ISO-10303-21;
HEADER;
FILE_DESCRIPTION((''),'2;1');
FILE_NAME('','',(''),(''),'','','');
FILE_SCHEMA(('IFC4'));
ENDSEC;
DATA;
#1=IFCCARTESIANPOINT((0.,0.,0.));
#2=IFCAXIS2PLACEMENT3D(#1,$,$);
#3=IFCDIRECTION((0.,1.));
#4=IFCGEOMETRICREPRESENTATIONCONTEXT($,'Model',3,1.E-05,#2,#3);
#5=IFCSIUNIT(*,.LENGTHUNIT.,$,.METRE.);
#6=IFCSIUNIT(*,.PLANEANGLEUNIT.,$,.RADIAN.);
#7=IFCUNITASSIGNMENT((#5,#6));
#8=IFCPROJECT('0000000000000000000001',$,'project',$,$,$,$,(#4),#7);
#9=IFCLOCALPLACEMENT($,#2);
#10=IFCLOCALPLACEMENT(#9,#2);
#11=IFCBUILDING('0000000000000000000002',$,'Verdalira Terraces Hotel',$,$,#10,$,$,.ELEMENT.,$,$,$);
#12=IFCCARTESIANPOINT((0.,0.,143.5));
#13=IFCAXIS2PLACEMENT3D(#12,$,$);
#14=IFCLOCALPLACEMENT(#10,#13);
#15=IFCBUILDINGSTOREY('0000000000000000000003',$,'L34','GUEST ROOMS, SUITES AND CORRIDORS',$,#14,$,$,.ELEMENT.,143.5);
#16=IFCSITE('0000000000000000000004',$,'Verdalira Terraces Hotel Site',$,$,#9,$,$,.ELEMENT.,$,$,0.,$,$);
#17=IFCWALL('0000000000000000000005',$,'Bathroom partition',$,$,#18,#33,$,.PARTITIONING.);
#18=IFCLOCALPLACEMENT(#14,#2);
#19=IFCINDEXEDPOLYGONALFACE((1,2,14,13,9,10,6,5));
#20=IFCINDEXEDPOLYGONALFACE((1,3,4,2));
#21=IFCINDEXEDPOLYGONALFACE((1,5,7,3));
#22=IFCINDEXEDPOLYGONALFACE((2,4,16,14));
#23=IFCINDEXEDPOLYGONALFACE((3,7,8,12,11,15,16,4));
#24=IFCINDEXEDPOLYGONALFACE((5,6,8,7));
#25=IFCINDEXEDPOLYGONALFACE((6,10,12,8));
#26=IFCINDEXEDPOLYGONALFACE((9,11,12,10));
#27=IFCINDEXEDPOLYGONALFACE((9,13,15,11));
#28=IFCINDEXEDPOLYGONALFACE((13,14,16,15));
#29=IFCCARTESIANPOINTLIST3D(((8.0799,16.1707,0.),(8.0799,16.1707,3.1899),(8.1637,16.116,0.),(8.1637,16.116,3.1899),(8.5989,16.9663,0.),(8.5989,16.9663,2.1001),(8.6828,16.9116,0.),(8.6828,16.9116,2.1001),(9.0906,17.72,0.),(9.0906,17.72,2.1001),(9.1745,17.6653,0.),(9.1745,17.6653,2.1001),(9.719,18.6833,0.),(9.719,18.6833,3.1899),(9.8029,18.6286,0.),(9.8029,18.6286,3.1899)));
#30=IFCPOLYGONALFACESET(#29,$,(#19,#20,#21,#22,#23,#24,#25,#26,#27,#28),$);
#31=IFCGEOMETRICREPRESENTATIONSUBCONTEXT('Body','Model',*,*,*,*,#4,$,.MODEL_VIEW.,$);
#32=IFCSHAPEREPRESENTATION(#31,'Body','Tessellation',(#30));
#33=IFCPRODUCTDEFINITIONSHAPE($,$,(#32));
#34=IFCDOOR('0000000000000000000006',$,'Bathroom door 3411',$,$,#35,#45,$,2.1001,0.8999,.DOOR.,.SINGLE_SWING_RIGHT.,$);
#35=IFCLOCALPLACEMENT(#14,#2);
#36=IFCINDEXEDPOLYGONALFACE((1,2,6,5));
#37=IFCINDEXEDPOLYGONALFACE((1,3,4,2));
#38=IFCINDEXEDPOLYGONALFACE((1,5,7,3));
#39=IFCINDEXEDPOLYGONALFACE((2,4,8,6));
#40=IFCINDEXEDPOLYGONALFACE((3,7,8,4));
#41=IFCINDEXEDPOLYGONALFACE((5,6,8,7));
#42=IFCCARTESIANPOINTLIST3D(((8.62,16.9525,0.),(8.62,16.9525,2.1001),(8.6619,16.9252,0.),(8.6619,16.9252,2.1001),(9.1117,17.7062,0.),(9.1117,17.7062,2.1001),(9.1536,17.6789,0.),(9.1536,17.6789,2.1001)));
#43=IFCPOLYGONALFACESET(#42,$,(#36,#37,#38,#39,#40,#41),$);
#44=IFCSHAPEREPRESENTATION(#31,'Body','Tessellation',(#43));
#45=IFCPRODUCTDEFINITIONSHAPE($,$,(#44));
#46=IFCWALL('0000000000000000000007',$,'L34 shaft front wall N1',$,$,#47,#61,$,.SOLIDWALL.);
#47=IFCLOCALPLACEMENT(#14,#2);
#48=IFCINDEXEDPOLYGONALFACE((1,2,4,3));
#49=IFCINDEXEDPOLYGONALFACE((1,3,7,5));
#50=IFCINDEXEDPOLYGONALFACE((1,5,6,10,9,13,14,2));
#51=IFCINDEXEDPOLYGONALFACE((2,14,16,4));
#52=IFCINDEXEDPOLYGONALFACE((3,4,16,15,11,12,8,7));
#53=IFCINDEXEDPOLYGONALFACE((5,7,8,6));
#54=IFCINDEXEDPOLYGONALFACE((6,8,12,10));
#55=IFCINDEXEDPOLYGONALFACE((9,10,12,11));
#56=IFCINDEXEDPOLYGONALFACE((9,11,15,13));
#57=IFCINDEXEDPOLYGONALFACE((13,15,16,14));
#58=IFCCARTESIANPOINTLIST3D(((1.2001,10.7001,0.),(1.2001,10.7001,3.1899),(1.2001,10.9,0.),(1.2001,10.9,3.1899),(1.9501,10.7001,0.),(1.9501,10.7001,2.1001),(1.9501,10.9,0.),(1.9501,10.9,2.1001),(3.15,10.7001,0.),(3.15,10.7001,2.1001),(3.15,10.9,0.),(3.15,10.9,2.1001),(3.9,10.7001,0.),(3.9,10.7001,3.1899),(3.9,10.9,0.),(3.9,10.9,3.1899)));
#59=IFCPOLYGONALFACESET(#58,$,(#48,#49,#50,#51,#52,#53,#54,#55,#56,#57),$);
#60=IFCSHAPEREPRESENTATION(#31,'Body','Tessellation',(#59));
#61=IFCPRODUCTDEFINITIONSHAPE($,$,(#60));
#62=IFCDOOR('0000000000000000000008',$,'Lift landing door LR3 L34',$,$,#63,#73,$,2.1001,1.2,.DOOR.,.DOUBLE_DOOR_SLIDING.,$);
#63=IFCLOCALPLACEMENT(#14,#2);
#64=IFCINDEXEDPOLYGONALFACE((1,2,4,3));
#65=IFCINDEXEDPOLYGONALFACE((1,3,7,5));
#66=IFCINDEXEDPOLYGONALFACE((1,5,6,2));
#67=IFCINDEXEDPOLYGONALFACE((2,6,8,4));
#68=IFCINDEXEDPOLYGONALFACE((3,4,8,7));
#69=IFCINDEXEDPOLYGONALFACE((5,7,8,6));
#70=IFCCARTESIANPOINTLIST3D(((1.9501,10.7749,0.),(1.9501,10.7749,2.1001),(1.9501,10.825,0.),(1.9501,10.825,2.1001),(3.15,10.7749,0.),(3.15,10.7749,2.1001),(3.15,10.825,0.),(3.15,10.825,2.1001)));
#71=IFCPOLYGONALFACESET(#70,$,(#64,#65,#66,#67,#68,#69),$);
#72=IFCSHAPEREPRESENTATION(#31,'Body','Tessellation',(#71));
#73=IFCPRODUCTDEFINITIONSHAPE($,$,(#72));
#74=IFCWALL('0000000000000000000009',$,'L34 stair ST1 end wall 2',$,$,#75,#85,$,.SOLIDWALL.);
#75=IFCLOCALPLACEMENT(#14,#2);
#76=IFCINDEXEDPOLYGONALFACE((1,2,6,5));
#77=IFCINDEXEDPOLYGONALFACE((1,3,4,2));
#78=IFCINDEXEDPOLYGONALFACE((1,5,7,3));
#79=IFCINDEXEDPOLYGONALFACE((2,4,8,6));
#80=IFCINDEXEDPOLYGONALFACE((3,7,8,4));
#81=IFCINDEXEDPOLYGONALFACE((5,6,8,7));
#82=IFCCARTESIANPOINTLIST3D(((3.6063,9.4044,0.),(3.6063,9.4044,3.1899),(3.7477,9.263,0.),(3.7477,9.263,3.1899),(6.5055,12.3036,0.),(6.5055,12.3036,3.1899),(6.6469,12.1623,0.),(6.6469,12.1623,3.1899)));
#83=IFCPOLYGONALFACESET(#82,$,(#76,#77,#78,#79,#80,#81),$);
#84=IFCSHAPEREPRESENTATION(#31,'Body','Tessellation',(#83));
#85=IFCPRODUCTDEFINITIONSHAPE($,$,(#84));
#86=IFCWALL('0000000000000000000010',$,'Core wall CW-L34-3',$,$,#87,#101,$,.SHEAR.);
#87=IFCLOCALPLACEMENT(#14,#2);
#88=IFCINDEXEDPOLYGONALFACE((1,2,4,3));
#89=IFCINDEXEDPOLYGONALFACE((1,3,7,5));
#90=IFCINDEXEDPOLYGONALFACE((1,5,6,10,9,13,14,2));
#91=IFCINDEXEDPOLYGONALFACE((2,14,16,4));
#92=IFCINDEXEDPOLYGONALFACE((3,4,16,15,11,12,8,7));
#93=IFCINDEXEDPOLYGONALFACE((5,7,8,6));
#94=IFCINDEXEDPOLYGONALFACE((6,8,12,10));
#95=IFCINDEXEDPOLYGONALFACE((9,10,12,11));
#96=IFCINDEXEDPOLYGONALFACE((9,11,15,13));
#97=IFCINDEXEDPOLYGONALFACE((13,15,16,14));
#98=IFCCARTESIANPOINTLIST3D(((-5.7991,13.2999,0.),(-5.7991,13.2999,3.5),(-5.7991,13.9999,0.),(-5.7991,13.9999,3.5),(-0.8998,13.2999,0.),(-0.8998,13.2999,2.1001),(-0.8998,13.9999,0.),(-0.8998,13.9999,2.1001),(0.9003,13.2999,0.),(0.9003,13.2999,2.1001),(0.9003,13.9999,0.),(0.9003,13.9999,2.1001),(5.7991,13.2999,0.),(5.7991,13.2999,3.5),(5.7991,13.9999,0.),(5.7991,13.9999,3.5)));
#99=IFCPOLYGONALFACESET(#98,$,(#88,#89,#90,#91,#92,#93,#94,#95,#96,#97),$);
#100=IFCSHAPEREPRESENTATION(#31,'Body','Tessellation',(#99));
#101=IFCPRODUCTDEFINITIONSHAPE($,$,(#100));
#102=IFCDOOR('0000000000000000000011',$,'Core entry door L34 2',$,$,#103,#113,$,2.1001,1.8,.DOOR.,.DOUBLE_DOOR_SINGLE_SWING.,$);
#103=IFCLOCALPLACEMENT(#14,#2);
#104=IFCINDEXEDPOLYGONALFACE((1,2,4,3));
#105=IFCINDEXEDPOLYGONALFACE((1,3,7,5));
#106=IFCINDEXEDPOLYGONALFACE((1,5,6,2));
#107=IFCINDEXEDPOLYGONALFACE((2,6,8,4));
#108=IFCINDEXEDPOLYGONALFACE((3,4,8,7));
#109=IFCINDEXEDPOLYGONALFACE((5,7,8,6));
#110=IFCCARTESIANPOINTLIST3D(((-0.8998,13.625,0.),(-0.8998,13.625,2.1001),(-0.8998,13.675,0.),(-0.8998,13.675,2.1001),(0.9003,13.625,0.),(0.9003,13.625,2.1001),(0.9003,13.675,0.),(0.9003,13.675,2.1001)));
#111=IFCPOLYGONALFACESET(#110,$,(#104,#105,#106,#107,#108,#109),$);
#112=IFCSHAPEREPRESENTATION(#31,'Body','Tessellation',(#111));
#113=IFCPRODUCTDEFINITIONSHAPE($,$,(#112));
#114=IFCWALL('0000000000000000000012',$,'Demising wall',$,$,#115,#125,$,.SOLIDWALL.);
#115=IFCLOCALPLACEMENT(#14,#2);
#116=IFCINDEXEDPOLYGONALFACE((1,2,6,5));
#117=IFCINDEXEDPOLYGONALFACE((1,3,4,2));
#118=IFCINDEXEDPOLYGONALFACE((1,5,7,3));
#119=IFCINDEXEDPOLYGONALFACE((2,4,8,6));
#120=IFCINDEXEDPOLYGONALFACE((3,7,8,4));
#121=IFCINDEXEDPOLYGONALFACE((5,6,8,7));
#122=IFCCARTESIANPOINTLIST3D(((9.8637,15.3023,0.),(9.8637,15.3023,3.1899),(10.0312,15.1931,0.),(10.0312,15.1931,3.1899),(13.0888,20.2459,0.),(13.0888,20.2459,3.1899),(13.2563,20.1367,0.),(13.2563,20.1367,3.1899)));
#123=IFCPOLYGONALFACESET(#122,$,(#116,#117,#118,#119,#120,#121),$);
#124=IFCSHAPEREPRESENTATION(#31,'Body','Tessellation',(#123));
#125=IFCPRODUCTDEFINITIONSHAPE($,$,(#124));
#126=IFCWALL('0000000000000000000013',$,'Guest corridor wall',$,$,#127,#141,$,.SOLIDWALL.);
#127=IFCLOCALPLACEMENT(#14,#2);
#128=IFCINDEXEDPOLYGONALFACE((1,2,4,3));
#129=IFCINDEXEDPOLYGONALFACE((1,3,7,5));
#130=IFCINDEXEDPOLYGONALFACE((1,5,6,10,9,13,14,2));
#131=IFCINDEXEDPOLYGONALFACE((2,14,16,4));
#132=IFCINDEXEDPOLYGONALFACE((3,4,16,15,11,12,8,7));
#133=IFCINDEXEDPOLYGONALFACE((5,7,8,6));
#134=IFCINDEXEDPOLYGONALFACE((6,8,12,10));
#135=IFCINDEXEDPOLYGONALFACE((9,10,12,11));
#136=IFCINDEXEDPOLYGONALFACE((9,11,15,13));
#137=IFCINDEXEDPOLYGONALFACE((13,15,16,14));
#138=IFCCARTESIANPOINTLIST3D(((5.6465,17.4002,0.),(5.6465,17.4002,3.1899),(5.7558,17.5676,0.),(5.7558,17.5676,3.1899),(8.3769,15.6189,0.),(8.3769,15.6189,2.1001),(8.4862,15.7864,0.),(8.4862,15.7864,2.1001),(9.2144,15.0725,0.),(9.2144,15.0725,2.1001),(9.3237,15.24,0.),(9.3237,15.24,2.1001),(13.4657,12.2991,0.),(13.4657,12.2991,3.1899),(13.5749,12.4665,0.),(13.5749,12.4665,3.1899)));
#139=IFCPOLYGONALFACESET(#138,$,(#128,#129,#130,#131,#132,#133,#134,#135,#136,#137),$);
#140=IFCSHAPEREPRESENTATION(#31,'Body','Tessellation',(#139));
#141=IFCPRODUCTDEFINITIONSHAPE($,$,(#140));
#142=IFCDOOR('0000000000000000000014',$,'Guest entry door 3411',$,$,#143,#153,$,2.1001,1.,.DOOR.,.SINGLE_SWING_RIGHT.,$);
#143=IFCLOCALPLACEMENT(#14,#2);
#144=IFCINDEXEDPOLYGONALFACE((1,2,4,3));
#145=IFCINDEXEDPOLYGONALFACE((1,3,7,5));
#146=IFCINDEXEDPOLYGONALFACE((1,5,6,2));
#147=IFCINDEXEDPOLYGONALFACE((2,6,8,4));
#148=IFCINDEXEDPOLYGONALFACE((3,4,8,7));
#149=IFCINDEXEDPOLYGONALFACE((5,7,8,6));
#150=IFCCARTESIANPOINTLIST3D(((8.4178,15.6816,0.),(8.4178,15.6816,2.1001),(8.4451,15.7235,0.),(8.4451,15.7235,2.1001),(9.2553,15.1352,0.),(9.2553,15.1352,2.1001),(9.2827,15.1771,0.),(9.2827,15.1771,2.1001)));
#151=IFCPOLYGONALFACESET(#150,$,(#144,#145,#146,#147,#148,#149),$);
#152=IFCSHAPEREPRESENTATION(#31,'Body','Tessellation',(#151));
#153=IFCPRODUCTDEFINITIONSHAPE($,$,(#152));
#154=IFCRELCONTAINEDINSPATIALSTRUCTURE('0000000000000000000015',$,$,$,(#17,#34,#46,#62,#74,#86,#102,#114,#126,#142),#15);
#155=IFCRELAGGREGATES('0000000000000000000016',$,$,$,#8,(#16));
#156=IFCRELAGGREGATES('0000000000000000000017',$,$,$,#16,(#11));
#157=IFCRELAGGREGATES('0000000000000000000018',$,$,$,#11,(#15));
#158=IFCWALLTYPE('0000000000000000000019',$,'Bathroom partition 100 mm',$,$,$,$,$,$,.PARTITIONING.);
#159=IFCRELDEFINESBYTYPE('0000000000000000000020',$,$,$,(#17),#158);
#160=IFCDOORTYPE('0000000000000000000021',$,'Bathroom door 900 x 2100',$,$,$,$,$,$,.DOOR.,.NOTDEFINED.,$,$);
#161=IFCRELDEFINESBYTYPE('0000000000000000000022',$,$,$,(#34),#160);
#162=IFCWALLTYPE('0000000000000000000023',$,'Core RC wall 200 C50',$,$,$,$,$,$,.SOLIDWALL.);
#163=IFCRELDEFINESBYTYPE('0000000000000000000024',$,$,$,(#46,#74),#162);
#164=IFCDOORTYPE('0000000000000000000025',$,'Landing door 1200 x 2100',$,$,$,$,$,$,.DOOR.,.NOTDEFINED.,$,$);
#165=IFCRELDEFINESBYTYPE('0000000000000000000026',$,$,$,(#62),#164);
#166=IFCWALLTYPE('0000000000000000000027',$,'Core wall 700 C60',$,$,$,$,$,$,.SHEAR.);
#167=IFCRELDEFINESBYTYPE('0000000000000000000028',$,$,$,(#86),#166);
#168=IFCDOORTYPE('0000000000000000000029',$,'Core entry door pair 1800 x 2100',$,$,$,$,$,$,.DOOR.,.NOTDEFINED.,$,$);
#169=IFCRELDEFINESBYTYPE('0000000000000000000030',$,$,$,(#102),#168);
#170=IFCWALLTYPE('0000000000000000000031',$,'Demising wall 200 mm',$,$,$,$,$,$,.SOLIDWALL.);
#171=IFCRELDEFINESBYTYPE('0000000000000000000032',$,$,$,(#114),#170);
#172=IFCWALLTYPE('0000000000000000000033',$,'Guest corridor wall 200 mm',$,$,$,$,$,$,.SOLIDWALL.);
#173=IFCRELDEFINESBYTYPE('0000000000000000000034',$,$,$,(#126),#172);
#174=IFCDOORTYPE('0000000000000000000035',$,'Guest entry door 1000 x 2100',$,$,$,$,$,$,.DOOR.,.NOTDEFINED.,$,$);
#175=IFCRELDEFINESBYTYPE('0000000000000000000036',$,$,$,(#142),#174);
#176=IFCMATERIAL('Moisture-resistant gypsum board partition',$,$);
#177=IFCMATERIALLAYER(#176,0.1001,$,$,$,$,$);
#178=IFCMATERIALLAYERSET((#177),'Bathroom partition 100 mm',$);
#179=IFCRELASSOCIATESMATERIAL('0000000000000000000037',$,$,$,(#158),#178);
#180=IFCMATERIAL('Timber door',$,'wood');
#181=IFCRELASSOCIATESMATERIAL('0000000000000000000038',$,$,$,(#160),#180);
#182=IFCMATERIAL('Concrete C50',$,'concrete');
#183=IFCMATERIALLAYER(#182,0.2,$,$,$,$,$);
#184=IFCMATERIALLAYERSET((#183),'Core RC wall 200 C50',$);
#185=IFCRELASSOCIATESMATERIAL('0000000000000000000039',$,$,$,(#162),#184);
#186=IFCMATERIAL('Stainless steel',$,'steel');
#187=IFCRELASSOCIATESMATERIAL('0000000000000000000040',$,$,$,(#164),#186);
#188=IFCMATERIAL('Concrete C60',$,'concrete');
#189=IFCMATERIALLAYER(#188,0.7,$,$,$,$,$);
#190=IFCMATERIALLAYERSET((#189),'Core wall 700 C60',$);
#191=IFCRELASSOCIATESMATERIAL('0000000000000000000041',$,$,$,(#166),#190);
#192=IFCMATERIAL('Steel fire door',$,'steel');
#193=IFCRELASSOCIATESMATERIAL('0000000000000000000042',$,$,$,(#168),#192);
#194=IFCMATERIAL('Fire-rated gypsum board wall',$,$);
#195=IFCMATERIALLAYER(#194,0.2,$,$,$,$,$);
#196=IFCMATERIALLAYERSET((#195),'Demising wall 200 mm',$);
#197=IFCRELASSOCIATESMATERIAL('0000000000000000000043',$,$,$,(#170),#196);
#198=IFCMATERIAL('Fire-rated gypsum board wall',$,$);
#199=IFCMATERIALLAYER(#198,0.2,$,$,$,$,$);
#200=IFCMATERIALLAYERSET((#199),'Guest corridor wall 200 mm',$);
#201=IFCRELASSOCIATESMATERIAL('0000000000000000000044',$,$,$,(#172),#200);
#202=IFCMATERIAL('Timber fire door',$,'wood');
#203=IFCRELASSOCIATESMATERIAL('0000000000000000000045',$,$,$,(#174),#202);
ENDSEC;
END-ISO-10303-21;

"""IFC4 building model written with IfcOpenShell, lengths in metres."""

from ifc_helpers import new_model, si_unit, direction, frame, frame_2d, origin, place, context, subcontext, project, spatial, rectangle, extrude, material, layer, layer_set, type_object, element, fill, save


model = new_model("IFC4")

# Units and contexts
model_context = context("Model", 3, precision=1e-05, world=origin(), true_north=direction((0.0, 1.0)))
body_context = subcontext(model_context, "Body", "Model", "MODEL_VIEW")
ifc_project = project(units=[si_unit("LENGTHUNIT", "METRE"), si_unit("PLANEANGLEUNIT", "RADIAN")], contexts=[model_context])

# Site, building, storey
site_placement = place(None, origin())
site = spatial("IfcSite", under=ifc_project, at=site_placement, Name="Verdalira Terraces Hotel Site", CompositionType="ELEMENT", RefElevation=0.0)
building_placement = place(site_placement, origin())
building = spatial("IfcBuilding", under=site, at=building_placement, Name="Verdalira Terraces Hotel", CompositionType="ELEMENT")
storey_placement = place(building_placement, frame((0.0, 0.0, 143.5)))
storey = spatial("IfcBuildingStorey", under=building, at=storey_placement, Name="L34", Description="GUEST ROOMS, SUITES AND CORRIDORS", CompositionType="ELEMENT", Elevation=143.5)

# Shared definitions
ifc_material_1 = material(Name="Moisture-resistant gypsum board partition")
ifc_layer_1 = layer(ifc_material_1, 0.1001)
ifc_layer_set_1 = layer_set([ifc_layer_1], Name="Bathroom partition 100 mm")
wall_type_1 = type_object("IfcWallType", Name="Bathroom partition 100 mm", PredefinedType="PARTITIONING", material=ifc_layer_set_1)

# Walls, openings, doors
wall_1_placement = place(storey_placement, frame((8.1218, 16.1433, 0.0), z_axis=(0.0, 0.0, 1.0), x_axis=(0.546372, 0.837543, 0.0)))
wall_1 = element("IfcWall", 1, at=wall_1_placement, inside=storey, type_object=wall_type_1, Name="Bathroom partition", PredefinedType="PARTITIONING", context=body_context, shape_type="SweptSolid", body=[
    extrude(rectangle(XDim=3.0, YDim=0.1001, at=frame_2d((1.5, 0.0))), origin(), (0.0, 0.0, 1.0), 3.1899),
])
opening_1_placement = place(wall_1_placement, frame((0.95, 0.0, 0.0)))
opening_1 = element("IfcOpeningElement", 2, at=opening_1_placement, cuts=wall_1, PredefinedType="OPENING", context=body_context, shape_type="SweptSolid", body=[
    extrude(rectangle(XDim=0.8999, YDim=2.1001, at=frame_2d((0.45, 1.05))), frame((0.0, 0.0601, 0.0), z_axis=(0.0, -1.0, 0.0), x_axis=(1.0, 0.0, 0.0)), (0.0, 0.0, 1.0), 0.1201),
])
ifc_material_2 = material(Name="Timber door", Category="wood")
door_type_1 = type_object("IfcDoorType", Name="Bathroom door 900 x 2100", OperationType="NOTDEFINED", PredefinedType="DOOR", material=ifc_material_2)
door_1_placement = place(opening_1_placement, origin())
door_1 = element("IfcDoor", 3, at=door_1_placement, inside=storey, type_object=door_type_1, Name="Bathroom door 3411", OperationType="SINGLE_SWING_RIGHT", OverallHeight=2.1001, OverallWidth=0.8999, PredefinedType="DOOR", context=body_context, shape_type="SweptSolid", body=[
    extrude(rectangle(XDim=0.8999, YDim=2.1001, at=frame_2d((0.45, 1.05))), frame((0.0, 0.0249, 0.0), z_axis=(0.0, -1.0, 0.0), x_axis=(1.0, 0.0, 0.0)), (0.0, 0.0, 1.0), 0.05),
])
fill(opening_1, door_1)
ifc_material_3 = material(Name="Concrete C50", Category="concrete")
ifc_layer_2 = layer(ifc_material_3, 0.2)
ifc_layer_set_2 = layer_set([ifc_layer_2], Name="Core RC wall 200 C50")
wall_type_2 = type_object("IfcWallType", Name="Core RC wall 200 C50", PredefinedType="SOLIDWALL", material=ifc_layer_set_2)
wall_2_placement = place(storey_placement, frame((1.2, 10.8, 0.0), z_axis=(0.0, 0.0, 1.0), x_axis=(1.0, 0.0, 0.0)))
wall_2 = element("IfcWall", 4, at=wall_2_placement, inside=storey, type_object=wall_type_2, Name="L34 shaft front wall N1", PredefinedType="SOLIDWALL", context=body_context, shape_type="SweptSolid", body=[
    extrude(rectangle(XDim=2.7, YDim=0.2, at=frame_2d((1.3501, 0.0))), origin(), (0.0, 0.0, 1.0), 3.1899),
])
opening_2_placement = place(wall_2_placement, frame((0.75, 0.0, 0.0)))
opening_2 = element("IfcOpeningElement", 5, at=opening_2_placement, cuts=wall_2, PredefinedType="OPENING", context=body_context, shape_type="SweptSolid", body=[
    extrude(rectangle(XDim=1.2, YDim=2.1001, at=frame_2d((0.6001, 1.05))), frame((0.0, 0.1099, 0.0), z_axis=(0.0, -1.0, 0.0), x_axis=(1.0, 0.0, 0.0)), (0.0, 0.0, 1.0), 0.22),
])
ifc_material_4 = material(Name="Stainless steel", Category="steel")
door_type_2 = type_object("IfcDoorType", Name="Landing door 1200 x 2100", OperationType="NOTDEFINED", PredefinedType="DOOR", material=ifc_material_4)
door_2_placement = place(opening_2_placement, origin())
door_2 = element("IfcDoor", 6, at=door_2_placement, inside=storey, type_object=door_type_2, Name="Lift landing door LR3 L34", OperationType="DOUBLE_DOOR_SLIDING", OverallHeight=2.1001, OverallWidth=1.2, PredefinedType="DOOR", context=body_context, shape_type="SweptSolid", body=[
    extrude(rectangle(XDim=1.2, YDim=2.1001, at=frame_2d((0.6001, 1.05))), frame((0.0, 0.0249, 0.0), z_axis=(0.0, -1.0, 0.0), x_axis=(1.0, 0.0, 0.0)), (0.0, 0.0, 1.0), 0.05),
])
fill(opening_2, door_2)

# Wall
wall_3_placement = place(storey_placement, frame((3.677, 9.3337, 0.0), z_axis=(0.0, 0.0, 1.0), x_axis=(0.707107, 0.707107, 0.0)))
element("IfcWall", 7, at=wall_3_placement, inside=storey, type_object=wall_type_2, Name="L34 stair ST1 end wall 2", PredefinedType="SOLIDWALL", context=body_context, shape_type="SweptSolid", body=[
    extrude(rectangle(XDim=4.1001, YDim=0.2, at=frame_2d((2.05, 0.0))), origin(), (0.0, 0.0, 1.0), 3.1899),
])

# Wall, opening, door
ifc_material_5 = material(Name="Concrete C60", Category="concrete")
ifc_layer_3 = layer(ifc_material_5, 0.7)
ifc_layer_set_3 = layer_set([ifc_layer_3], Name="Core wall 700 C60")
wall_type_3 = type_object("IfcWallType", Name="Core wall 700 C60", PredefinedType="SHEAR", material=ifc_layer_set_3)
wall_4_placement = place(storey_placement, frame((5.7991, 13.6499, 0.0), z_axis=(0.0, 0.0, 1.0), x_axis=(-1.0, 0.0, 0.0)))
wall_4 = element("IfcWall", 8, at=wall_4_placement, inside=storey, type_object=wall_type_3, Name="Core wall CW-L34-3", PredefinedType="SHEAR", context=body_context, shape_type="SweptSolid", body=[
    extrude(rectangle(XDim=11.5981, YDim=0.7, at=frame_2d((5.7991, 0.0))), origin(), (0.0, 0.0, 1.0), 3.5),
])
opening_3_placement = place(wall_4_placement, frame((4.8989, 0.0, 0.0)))
opening_3 = element("IfcOpeningElement", 9, at=opening_3_placement, cuts=wall_4, PredefinedType="OPENING", context=body_context, shape_type="SweptSolid", body=[
    extrude(rectangle(XDim=1.8, YDim=2.1001, at=frame_2d((0.8999, 1.05))), frame((0.0, 0.3599, 0.0), z_axis=(0.0, -1.0, 0.0), x_axis=(1.0, 0.0, 0.0)), (0.0, 0.0, 1.0), 0.72),
])
ifc_material_6 = material(Name="Steel fire door", Category="steel")
door_type_3 = type_object("IfcDoorType", Name="Core entry door pair 1800 x 2100", OperationType="NOTDEFINED", PredefinedType="DOOR", material=ifc_material_6)
door_3_placement = place(opening_3_placement, origin())
door_3 = element("IfcDoor", 10, at=door_3_placement, inside=storey, type_object=door_type_3, Name="Core entry door L34 2", OperationType="DOUBLE_DOOR_SINGLE_SWING", OverallHeight=2.1001, OverallWidth=1.8, PredefinedType="DOOR", context=body_context, shape_type="SweptSolid", body=[
    extrude(rectangle(XDim=1.8, YDim=2.1001, at=frame_2d((0.8999, 1.05))), frame((0.0, 0.0249, 0.0), z_axis=(0.0, -1.0, 0.0), x_axis=(1.0, 0.0, 0.0)), (0.0, 0.0, 1.0), 0.05),
])
fill(opening_3, door_3)

# Wall
ifc_material_7 = material(Name="Fire-rated gypsum board wall")
ifc_layer_4 = layer(ifc_material_7, 0.2)
ifc_layer_set_4 = layer_set([ifc_layer_4], Name="Demising wall 200 mm")
wall_type_4 = type_object("IfcWallType", Name="Demising wall 200 mm", PredefinedType="SOLIDWALL", material=ifc_layer_set_4)
wall_5_placement = place(storey_placement, frame((9.9475, 15.2478, 0.0), z_axis=(0.0, 0.0, 1.0), x_axis=(0.546388, 0.837532, 0.0)))
element("IfcWall", 11, at=wall_5_placement, inside=storey, type_object=wall_type_4, Name="Demising wall", PredefinedType="SOLIDWALL", context=body_context, shape_type="SweptSolid", body=[
    extrude(rectangle(XDim=5.9026, YDim=0.2, at=frame_2d((2.9512, 0.0))), origin(), (0.0, 0.0, 1.0), 3.1899),
])

# Wall, opening, door
ifc_material_8 = material(Name="Fire-rated gypsum board wall")
ifc_layer_5 = layer(ifc_material_8, 0.2)
ifc_layer_set_5 = layer_set([ifc_layer_5], Name="Guest corridor wall 200 mm")
wall_type_5 = type_object("IfcWallType", Name="Guest corridor wall 200 mm", PredefinedType="SOLIDWALL", material=ifc_layer_set_5)
wall_6_placement = place(storey_placement, frame((5.7012, 17.4839, 0.0), z_axis=(0.0, 0.0, 1.0), x_axis=(0.837529, -0.546393, 0.0)))
wall_6 = element("IfcWall", 12, at=wall_6_placement, inside=storey, type_object=wall_type_5, Name="Guest corridor wall", PredefinedType="SOLIDWALL", context=body_context, shape_type="SweptSolid", body=[
    extrude(rectangle(XDim=9.3359, YDim=0.2, at=frame_2d((4.668, 0.0))), origin(), (0.0, 0.0, 1.0), 3.1899),
])
opening_4_placement = place(wall_6_placement, frame((3.26, 0.0, 0.0)))
opening_4 = element("IfcOpeningElement", 13, at=opening_4_placement, cuts=wall_6, PredefinedType="OPENING", context=body_context, shape_type="SweptSolid", body=[
    extrude(rectangle(XDim=1.0, YDim=2.1001, at=frame_2d((0.5, 1.05))), frame((0.0, 0.1099, 0.0), z_axis=(0.0, -1.0, 0.0), x_axis=(1.0, 0.0, 0.0)), (0.0, 0.0, 1.0), 0.22),
])
ifc_material_9 = material(Name="Timber fire door", Category="wood")
door_type_4 = type_object("IfcDoorType", Name="Guest entry door 1000 x 2100", OperationType="NOTDEFINED", PredefinedType="DOOR", material=ifc_material_9)
door_4_placement = place(opening_4_placement, origin())
door_4 = element("IfcDoor", 14, at=door_4_placement, inside=storey, type_object=door_type_4, Name="Guest entry door 3411", OperationType="SINGLE_SWING_RIGHT", OverallHeight=2.1001, OverallWidth=1.0, PredefinedType="DOOR", context=body_context, shape_type="SweptSolid", body=[
    extrude(rectangle(XDim=1.0, YDim=2.1001, at=frame_2d((0.5, 1.05))), frame((0.0, 0.0249, 0.0), z_axis=(0.0, -1.0, 0.0), x_axis=(1.0, 0.0, 0.0)), (0.0, 0.0, 1.0), 0.05),
])
fill(opening_4, door_4)

save(model, "model.ifc")
